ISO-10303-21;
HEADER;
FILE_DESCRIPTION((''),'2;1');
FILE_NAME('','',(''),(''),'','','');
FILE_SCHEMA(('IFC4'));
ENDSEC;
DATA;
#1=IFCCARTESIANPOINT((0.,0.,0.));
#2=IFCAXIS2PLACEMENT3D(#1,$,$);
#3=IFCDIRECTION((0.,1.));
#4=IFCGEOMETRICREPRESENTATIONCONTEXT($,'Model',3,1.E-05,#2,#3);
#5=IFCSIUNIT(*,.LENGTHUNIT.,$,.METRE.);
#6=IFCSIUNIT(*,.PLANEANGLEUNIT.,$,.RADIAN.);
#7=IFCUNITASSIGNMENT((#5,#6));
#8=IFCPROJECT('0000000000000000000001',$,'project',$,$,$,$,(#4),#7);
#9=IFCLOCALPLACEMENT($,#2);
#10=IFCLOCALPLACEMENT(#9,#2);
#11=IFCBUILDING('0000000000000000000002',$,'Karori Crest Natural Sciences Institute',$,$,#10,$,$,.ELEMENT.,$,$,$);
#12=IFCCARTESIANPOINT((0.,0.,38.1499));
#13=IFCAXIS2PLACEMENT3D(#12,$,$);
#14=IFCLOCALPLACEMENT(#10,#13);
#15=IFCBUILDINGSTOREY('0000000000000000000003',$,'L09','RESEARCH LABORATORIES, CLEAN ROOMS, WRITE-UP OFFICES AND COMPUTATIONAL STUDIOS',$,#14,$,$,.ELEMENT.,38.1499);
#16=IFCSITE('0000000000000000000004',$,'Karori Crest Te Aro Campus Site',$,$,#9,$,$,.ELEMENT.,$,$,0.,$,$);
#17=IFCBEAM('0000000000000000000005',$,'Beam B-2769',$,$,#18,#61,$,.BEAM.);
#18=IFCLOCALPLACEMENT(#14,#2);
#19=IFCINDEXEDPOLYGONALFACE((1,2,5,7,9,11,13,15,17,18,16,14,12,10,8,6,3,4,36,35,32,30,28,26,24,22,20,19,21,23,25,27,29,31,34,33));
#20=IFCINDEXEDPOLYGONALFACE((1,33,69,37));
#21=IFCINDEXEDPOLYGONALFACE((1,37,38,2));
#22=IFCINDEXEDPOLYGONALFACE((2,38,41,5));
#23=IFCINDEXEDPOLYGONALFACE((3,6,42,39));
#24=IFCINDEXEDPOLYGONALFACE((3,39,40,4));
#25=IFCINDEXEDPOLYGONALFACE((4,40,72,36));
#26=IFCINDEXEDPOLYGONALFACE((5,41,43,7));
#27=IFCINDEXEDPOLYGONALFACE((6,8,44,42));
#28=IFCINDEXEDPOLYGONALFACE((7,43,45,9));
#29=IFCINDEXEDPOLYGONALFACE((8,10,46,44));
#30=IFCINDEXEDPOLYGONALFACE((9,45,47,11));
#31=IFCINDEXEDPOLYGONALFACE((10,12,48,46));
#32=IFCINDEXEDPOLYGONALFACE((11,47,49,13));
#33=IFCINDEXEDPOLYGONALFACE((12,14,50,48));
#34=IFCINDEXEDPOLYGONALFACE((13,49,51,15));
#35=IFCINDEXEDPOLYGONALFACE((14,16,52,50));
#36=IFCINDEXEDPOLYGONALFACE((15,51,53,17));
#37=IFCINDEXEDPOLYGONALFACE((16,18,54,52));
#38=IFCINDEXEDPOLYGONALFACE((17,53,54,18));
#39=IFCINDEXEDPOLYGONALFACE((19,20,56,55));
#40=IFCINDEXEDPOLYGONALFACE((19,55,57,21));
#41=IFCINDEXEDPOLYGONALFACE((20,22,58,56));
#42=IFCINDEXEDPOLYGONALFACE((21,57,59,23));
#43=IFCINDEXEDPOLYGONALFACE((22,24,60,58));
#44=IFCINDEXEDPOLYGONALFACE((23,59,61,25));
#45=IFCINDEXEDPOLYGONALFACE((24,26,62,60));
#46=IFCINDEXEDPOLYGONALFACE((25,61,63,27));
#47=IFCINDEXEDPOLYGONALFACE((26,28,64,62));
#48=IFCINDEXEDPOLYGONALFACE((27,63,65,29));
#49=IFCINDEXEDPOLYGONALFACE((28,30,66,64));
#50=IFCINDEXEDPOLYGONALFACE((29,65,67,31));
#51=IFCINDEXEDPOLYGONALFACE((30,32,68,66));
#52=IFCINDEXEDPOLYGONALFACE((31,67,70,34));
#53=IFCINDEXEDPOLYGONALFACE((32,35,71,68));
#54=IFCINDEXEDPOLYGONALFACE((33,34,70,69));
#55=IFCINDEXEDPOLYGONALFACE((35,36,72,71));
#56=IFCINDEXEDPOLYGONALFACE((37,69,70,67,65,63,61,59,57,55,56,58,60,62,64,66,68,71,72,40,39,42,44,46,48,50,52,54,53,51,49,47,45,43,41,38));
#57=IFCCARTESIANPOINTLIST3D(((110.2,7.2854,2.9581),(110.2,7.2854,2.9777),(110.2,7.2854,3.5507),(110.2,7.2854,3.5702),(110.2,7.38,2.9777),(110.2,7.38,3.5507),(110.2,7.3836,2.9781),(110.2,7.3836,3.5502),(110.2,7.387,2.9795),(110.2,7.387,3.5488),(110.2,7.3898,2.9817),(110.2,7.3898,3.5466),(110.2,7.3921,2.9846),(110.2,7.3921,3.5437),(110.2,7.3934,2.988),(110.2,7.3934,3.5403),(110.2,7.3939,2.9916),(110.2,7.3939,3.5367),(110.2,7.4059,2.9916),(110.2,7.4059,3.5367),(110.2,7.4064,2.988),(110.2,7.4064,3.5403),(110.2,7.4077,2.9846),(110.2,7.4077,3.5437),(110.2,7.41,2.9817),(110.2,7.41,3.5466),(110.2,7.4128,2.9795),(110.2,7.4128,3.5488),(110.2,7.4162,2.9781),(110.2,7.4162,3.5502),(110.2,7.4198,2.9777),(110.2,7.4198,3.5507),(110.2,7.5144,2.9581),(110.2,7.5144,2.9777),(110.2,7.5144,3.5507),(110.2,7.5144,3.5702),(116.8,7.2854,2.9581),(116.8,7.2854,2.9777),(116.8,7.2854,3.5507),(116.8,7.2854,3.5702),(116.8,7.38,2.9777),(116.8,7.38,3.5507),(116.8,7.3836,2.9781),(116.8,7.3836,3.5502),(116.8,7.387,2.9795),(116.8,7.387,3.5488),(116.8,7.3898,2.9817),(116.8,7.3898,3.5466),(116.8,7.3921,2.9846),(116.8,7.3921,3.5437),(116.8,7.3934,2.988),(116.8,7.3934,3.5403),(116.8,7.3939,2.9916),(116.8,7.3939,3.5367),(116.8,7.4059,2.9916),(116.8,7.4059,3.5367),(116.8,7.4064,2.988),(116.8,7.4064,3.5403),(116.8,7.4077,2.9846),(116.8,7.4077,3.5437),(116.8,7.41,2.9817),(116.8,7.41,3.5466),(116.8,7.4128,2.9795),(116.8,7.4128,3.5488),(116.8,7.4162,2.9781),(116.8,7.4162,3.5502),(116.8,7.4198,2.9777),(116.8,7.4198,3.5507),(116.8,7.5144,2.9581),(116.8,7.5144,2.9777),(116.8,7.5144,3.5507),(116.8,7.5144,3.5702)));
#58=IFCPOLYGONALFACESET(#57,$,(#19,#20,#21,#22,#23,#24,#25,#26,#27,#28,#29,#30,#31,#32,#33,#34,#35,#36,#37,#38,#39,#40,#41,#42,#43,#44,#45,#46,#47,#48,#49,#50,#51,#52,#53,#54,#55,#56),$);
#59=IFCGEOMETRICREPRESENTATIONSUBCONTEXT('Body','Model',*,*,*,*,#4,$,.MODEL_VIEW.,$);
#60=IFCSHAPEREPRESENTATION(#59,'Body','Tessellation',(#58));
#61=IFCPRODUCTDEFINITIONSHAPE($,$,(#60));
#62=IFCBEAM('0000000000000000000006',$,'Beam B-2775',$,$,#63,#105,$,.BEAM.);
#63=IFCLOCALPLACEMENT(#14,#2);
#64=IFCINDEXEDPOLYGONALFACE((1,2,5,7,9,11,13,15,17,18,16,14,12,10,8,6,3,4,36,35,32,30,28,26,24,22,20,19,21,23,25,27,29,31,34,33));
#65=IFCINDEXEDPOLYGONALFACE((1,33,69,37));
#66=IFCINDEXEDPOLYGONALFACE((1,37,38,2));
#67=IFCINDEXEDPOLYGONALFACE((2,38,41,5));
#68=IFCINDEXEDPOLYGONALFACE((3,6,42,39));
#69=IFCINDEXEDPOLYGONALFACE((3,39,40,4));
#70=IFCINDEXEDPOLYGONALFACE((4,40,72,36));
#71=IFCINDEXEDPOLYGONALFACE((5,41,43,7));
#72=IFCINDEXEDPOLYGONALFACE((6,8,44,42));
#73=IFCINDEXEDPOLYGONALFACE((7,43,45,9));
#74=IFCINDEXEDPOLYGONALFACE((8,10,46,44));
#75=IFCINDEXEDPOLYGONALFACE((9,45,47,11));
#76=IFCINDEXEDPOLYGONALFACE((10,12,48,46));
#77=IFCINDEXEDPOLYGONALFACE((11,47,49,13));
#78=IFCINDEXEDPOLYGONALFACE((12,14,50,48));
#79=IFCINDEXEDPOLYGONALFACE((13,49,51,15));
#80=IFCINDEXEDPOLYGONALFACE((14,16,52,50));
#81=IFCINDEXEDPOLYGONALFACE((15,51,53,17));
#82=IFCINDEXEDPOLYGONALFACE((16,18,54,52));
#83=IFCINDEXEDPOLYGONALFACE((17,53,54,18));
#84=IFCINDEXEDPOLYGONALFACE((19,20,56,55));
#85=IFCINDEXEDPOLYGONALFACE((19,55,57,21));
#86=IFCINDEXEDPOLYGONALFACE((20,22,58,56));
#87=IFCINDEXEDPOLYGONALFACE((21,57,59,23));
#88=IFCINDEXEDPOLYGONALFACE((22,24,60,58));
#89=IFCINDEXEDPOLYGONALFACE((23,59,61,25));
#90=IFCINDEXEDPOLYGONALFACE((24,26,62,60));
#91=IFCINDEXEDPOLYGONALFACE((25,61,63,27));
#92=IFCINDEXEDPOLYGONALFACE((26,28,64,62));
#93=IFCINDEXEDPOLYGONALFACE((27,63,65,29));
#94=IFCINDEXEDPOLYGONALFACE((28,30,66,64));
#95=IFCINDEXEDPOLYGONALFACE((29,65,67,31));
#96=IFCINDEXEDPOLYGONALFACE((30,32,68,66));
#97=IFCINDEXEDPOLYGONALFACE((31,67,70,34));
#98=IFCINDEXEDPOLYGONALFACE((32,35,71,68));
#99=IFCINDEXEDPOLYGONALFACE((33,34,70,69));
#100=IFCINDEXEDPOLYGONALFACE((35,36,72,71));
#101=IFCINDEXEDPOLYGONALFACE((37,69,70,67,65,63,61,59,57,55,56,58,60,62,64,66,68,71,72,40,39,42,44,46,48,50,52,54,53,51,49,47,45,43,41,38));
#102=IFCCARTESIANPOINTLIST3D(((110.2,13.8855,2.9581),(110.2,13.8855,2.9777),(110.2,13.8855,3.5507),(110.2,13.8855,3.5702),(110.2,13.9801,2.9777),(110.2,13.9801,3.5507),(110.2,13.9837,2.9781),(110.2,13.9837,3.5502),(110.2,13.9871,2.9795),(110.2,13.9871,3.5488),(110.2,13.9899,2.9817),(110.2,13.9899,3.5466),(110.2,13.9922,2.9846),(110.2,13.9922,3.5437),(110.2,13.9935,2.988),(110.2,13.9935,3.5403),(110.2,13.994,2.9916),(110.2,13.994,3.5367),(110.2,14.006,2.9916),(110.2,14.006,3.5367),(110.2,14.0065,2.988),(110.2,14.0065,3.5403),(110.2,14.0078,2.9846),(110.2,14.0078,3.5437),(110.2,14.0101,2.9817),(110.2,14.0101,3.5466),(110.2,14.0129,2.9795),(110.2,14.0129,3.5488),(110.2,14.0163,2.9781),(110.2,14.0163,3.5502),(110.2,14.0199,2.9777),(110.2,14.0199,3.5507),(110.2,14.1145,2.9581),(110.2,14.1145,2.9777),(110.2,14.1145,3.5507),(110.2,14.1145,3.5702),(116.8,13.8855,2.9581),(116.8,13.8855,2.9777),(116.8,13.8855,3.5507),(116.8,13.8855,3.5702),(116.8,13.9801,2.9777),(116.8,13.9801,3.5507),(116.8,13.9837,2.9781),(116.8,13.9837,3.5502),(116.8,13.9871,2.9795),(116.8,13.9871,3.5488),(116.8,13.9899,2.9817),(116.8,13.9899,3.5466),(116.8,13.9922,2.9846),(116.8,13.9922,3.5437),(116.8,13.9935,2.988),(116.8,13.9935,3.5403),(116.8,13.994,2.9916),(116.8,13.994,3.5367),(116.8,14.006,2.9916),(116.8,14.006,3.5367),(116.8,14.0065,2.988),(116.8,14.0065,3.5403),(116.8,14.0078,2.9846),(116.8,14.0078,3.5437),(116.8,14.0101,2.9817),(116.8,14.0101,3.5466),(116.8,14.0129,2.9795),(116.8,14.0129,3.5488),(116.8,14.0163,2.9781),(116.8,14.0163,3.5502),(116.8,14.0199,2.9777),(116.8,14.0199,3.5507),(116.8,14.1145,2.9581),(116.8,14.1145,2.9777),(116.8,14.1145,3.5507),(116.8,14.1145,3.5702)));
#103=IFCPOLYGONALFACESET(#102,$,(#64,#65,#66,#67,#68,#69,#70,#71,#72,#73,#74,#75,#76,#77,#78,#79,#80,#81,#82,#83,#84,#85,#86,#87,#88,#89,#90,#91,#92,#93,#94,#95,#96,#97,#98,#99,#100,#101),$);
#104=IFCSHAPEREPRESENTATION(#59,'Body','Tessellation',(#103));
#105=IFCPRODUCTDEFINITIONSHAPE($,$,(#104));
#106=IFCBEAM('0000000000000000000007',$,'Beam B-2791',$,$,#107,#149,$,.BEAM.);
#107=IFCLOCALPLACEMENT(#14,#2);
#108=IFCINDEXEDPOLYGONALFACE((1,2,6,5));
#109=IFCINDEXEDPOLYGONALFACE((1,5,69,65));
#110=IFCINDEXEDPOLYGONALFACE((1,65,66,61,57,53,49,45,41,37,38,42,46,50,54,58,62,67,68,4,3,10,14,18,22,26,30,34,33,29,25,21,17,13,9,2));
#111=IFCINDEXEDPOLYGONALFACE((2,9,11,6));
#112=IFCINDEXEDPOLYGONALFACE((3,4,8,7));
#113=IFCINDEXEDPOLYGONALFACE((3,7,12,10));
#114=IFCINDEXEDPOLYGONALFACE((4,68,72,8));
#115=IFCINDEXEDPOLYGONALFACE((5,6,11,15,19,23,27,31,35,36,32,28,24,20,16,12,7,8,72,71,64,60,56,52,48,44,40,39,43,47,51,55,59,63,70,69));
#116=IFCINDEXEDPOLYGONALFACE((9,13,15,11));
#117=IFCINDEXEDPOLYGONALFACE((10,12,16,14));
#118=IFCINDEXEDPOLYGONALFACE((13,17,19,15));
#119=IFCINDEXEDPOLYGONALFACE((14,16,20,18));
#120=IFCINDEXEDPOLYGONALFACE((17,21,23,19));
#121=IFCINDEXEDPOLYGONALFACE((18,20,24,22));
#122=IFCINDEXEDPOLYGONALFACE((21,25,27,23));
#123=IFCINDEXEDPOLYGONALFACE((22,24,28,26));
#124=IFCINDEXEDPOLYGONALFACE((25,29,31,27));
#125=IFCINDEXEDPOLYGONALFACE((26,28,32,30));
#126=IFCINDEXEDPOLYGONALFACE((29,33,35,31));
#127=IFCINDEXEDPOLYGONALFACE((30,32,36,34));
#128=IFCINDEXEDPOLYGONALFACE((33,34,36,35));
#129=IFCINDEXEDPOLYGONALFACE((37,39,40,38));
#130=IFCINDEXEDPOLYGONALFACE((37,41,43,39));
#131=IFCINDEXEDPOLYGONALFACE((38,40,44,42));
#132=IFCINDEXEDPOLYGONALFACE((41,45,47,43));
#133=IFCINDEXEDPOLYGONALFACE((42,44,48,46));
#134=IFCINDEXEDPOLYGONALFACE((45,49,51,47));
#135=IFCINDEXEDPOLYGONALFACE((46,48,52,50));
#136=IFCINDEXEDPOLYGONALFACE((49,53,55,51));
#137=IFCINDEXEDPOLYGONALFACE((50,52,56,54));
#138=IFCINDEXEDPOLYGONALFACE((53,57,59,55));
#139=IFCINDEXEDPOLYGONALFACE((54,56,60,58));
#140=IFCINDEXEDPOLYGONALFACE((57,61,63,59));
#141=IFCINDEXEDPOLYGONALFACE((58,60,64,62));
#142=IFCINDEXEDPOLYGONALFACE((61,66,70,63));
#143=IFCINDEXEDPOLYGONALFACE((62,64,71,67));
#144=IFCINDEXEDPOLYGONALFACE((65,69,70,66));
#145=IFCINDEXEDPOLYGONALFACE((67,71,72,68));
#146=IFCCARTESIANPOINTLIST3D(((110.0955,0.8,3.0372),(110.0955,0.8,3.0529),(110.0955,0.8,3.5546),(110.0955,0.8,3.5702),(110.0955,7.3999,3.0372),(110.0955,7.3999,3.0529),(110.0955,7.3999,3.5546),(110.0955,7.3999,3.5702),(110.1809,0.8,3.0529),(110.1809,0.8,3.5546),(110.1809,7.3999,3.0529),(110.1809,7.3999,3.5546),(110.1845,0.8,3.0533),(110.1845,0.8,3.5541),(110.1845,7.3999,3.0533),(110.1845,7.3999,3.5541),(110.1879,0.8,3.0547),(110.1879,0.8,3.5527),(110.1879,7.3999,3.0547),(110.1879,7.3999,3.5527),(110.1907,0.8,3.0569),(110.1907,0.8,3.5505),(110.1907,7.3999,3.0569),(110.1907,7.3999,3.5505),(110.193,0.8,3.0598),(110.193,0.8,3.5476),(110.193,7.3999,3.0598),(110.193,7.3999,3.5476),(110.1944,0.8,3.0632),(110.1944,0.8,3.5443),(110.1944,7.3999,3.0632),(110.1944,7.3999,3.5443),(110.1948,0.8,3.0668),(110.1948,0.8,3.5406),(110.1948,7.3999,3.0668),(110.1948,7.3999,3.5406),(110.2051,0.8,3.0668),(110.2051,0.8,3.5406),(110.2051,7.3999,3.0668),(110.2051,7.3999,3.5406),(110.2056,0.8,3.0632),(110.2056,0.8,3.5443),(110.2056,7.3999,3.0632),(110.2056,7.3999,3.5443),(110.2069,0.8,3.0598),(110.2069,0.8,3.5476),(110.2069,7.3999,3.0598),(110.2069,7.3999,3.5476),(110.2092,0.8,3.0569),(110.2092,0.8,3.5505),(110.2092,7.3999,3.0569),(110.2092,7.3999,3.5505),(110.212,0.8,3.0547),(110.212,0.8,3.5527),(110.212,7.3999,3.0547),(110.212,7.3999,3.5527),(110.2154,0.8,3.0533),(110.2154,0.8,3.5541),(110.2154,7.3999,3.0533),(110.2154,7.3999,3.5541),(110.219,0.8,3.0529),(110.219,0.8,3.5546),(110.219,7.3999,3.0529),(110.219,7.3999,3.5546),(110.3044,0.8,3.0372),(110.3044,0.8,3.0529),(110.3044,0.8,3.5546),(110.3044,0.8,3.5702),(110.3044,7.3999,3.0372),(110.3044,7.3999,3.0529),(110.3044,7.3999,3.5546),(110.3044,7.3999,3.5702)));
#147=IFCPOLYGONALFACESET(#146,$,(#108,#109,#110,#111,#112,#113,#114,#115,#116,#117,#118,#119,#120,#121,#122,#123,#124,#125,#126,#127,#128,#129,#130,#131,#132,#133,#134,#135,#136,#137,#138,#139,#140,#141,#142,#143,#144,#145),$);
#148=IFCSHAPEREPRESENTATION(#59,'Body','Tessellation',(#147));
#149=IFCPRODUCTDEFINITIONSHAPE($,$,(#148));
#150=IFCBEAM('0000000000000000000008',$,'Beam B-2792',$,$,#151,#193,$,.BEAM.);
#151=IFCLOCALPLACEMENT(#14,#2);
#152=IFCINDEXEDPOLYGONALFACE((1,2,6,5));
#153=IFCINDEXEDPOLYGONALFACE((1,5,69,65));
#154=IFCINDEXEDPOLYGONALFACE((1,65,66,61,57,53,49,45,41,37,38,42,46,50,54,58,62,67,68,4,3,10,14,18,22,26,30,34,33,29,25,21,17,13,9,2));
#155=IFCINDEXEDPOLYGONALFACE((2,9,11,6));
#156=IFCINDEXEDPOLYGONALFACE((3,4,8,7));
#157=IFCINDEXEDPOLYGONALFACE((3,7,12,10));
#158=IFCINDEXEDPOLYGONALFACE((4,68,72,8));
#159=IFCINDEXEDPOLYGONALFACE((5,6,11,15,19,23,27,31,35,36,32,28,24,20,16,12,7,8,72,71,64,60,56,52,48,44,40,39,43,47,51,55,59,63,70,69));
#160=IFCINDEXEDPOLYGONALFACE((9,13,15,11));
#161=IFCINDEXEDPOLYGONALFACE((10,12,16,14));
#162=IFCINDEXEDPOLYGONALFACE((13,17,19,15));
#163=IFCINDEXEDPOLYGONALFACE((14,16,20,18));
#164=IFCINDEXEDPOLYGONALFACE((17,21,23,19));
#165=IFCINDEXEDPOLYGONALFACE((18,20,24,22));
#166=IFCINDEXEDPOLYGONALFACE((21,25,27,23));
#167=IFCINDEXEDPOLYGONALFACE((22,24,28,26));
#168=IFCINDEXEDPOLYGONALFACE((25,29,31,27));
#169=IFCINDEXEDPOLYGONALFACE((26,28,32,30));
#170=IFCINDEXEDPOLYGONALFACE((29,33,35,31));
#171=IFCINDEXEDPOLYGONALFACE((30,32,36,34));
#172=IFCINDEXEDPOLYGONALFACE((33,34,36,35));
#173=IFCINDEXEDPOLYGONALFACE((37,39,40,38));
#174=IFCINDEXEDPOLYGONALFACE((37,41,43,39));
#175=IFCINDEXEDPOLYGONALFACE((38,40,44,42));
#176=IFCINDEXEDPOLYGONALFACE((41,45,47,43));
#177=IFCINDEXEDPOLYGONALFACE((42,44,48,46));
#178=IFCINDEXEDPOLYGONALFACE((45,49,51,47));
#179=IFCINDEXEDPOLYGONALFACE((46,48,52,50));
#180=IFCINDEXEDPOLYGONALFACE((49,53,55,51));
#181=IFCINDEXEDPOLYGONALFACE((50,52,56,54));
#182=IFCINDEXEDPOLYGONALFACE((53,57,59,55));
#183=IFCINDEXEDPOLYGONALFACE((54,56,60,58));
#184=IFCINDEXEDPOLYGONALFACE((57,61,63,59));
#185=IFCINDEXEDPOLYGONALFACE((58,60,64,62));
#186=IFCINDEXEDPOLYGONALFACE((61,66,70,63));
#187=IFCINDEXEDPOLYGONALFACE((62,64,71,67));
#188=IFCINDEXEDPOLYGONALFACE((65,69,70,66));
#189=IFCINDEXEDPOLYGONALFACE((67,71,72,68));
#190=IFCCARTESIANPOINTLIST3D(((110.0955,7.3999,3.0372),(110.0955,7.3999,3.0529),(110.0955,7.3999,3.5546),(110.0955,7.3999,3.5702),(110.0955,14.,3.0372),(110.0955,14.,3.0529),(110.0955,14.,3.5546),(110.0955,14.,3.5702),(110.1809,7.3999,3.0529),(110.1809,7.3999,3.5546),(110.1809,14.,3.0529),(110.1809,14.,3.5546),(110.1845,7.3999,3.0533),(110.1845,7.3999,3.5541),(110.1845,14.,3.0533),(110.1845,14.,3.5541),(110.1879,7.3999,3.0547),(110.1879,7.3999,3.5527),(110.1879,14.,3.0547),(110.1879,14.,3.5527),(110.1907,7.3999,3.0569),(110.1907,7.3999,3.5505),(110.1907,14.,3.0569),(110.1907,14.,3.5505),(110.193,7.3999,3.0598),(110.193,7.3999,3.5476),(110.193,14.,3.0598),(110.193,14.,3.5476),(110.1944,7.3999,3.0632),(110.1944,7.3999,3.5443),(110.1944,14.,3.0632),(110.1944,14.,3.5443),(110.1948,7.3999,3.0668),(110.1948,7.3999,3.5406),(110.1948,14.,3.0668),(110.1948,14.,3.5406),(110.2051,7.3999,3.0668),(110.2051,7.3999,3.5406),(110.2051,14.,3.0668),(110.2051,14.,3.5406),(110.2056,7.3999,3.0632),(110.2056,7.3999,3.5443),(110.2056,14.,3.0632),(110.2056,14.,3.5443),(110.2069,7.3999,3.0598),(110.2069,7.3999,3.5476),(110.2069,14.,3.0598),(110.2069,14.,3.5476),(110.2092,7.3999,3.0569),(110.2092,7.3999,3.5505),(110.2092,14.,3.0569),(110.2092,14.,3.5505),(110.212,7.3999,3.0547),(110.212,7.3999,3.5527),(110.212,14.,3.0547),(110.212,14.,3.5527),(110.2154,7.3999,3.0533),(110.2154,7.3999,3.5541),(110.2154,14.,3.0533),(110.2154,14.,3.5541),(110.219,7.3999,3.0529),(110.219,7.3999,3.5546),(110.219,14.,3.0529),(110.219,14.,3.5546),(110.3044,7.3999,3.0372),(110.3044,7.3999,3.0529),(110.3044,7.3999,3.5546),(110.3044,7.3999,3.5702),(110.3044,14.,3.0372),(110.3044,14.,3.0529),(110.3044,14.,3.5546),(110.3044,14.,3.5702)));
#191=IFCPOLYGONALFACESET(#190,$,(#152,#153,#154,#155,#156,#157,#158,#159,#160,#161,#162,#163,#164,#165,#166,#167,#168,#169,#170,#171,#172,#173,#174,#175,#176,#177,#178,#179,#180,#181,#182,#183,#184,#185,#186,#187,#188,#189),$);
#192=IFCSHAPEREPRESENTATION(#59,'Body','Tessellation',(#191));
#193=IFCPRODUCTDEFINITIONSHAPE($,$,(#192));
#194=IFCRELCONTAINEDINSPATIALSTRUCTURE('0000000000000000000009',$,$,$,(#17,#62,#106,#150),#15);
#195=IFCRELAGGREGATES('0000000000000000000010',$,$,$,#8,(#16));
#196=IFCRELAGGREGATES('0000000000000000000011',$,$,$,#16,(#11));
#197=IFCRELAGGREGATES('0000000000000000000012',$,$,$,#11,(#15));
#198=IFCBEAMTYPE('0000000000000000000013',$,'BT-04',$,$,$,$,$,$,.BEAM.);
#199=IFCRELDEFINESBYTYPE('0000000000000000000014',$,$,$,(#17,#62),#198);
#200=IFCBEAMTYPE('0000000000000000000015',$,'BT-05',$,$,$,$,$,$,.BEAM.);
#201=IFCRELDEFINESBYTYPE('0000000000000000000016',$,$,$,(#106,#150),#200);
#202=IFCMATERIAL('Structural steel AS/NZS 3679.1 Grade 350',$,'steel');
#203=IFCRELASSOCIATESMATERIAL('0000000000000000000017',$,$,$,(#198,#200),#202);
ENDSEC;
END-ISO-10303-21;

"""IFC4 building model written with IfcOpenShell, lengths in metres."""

from ifc_helpers import new_model, si_unit, direction, frame, origin, origin_2d, place, context, subcontext, project, spatial, i_section, extrude, material, material_profile, profile_set, type_object, element, save


model = new_model("IFC4")

# Units and contexts
model_context = context("Model", 3, precision=1e-05, world=origin(), true_north=direction((0.0, 1.0)))
body_context = subcontext(model_context, "Body", "Model", "MODEL_VIEW")
ifc_project = project(units=[si_unit("LENGTHUNIT", "METRE"), si_unit("PLANEANGLEUNIT", "RADIAN")], contexts=[model_context])

# Site, building, storey
site_placement = place(None, origin())
site = spatial("IfcSite", under=ifc_project, at=site_placement, Name="Karori Crest Te Aro Campus Site", CompositionType="ELEMENT", RefElevation=0.0)
building_placement = place(site_placement, origin())
building = spatial("IfcBuilding", under=site, at=building_placement, Name="Karori Crest Natural Sciences Institute", CompositionType="ELEMENT")
storey_placement = place(building_placement, frame((0.0, 0.0, 38.1499)))
storey = spatial("IfcBuildingStorey", under=building, at=storey_placement, Name="L09", Description="RESEARCH LABORATORIES, CLEAN ROOMS, WRITE-UP OFFICES AND COMPUTATIONAL STUDIOS", CompositionType="ELEMENT", Elevation=38.1499)

# Shared definitions
ifc_material_1 = material(Name="Structural steel AS/NZS 3679.1 Grade 350", Category="steel")

# Beams
ifc_material_profile_1 = material_profile(ifc_material_1, i_section(OverallWidth=0.229, OverallDepth=0.6121, WebThickness=0.012, FlangeThickness=0.0195, FilletRadius=0.0139, at=origin_2d()), Name="610UB125")
ifc_profile_set_1 = profile_set([ifc_material_profile_1], Name="Structural steel AS/NZS 3679.1 Grade 350")
beam_type_1 = type_object("IfcBeamType", Name="BT-04", PredefinedType="BEAM", material=ifc_profile_set_1)
for number, where, z_axis, x_axis, name in (
    (1, (110.2, 7.3999, 3.2642), (1.0, 0.0, 0.0), (0.0, 1.0, 0.0), "Beam B-2769"),
    (2, (110.2, 14.0, 3.2642), (1.0, 0.0, 0.0), (0.0, 1.0, 0.0), "Beam B-2775"),
):
    element("IfcBeam", number, at=place(storey_placement, frame(where, z_axis=z_axis, x_axis=x_axis)), inside=storey, type_object=beam_type_1, Name=name, PredefinedType="BEAM", context=body_context, shape_type="SweptSolid", body=[
        extrude(i_section(OverallWidth=0.229, OverallDepth=0.6121, WebThickness=0.012, FlangeThickness=0.0195, FilletRadius=0.0139, at=origin_2d()), origin(), (0.0, 0.0, 1.0), 6.6001),
    ])
ifc_material_profile_2 = material_profile(ifc_material_1, i_section(OverallWidth=0.209, OverallDepth=0.533, WebThickness=0.0103, FlangeThickness=0.0156, FilletRadius=0.0139, at=origin_2d()), Name="530UB92.4")
ifc_profile_set_2 = profile_set([ifc_material_profile_2], Name="Structural steel AS/NZS 3679.1 Grade 350")
beam_type_2 = type_object("IfcBeamType", Name="BT-05", PredefinedType="BEAM", material=ifc_profile_set_2)
beam_placement = place(storey_placement, frame((110.2, 0.8, 3.3037), z_axis=(0.0, 1.0, 0.0), x_axis=(-1.0, 0.0, 0.0)))
element("IfcBeam", 3, at=beam_placement, inside=storey, type_object=beam_type_2, Name="Beam B-2791", PredefinedType="BEAM", context=body_context, shape_type="SweptSolid", body=[
    extrude(i_section(OverallWidth=0.209, OverallDepth=0.533, WebThickness=0.0103, FlangeThickness=0.0156, FilletRadius=0.0139, at=origin_2d()), origin(), (0.0, 0.0, 1.0), 6.5999),
])
for number, where, z_axis, x_axis, name in (
    (4, (110.2, 7.3999, 3.3037), (0.0, 1.0, 0.0), (-1.0, 0.0, 0.0), "Beam B-2792"),
):
    element("IfcBeam", number, at=place(storey_placement, frame(where, z_axis=z_axis, x_axis=x_axis)), inside=storey, type_object=beam_type_2, Name=name, PredefinedType="BEAM", context=body_context, shape_type="SweptSolid", body=[
        extrude(i_section(OverallWidth=0.209, OverallDepth=0.533, WebThickness=0.0103, FlangeThickness=0.0156, FilletRadius=0.0139, at=origin_2d()), origin(), (0.0, 0.0, 1.0), 6.6001),
    ])

save(model, "model.ifc")
